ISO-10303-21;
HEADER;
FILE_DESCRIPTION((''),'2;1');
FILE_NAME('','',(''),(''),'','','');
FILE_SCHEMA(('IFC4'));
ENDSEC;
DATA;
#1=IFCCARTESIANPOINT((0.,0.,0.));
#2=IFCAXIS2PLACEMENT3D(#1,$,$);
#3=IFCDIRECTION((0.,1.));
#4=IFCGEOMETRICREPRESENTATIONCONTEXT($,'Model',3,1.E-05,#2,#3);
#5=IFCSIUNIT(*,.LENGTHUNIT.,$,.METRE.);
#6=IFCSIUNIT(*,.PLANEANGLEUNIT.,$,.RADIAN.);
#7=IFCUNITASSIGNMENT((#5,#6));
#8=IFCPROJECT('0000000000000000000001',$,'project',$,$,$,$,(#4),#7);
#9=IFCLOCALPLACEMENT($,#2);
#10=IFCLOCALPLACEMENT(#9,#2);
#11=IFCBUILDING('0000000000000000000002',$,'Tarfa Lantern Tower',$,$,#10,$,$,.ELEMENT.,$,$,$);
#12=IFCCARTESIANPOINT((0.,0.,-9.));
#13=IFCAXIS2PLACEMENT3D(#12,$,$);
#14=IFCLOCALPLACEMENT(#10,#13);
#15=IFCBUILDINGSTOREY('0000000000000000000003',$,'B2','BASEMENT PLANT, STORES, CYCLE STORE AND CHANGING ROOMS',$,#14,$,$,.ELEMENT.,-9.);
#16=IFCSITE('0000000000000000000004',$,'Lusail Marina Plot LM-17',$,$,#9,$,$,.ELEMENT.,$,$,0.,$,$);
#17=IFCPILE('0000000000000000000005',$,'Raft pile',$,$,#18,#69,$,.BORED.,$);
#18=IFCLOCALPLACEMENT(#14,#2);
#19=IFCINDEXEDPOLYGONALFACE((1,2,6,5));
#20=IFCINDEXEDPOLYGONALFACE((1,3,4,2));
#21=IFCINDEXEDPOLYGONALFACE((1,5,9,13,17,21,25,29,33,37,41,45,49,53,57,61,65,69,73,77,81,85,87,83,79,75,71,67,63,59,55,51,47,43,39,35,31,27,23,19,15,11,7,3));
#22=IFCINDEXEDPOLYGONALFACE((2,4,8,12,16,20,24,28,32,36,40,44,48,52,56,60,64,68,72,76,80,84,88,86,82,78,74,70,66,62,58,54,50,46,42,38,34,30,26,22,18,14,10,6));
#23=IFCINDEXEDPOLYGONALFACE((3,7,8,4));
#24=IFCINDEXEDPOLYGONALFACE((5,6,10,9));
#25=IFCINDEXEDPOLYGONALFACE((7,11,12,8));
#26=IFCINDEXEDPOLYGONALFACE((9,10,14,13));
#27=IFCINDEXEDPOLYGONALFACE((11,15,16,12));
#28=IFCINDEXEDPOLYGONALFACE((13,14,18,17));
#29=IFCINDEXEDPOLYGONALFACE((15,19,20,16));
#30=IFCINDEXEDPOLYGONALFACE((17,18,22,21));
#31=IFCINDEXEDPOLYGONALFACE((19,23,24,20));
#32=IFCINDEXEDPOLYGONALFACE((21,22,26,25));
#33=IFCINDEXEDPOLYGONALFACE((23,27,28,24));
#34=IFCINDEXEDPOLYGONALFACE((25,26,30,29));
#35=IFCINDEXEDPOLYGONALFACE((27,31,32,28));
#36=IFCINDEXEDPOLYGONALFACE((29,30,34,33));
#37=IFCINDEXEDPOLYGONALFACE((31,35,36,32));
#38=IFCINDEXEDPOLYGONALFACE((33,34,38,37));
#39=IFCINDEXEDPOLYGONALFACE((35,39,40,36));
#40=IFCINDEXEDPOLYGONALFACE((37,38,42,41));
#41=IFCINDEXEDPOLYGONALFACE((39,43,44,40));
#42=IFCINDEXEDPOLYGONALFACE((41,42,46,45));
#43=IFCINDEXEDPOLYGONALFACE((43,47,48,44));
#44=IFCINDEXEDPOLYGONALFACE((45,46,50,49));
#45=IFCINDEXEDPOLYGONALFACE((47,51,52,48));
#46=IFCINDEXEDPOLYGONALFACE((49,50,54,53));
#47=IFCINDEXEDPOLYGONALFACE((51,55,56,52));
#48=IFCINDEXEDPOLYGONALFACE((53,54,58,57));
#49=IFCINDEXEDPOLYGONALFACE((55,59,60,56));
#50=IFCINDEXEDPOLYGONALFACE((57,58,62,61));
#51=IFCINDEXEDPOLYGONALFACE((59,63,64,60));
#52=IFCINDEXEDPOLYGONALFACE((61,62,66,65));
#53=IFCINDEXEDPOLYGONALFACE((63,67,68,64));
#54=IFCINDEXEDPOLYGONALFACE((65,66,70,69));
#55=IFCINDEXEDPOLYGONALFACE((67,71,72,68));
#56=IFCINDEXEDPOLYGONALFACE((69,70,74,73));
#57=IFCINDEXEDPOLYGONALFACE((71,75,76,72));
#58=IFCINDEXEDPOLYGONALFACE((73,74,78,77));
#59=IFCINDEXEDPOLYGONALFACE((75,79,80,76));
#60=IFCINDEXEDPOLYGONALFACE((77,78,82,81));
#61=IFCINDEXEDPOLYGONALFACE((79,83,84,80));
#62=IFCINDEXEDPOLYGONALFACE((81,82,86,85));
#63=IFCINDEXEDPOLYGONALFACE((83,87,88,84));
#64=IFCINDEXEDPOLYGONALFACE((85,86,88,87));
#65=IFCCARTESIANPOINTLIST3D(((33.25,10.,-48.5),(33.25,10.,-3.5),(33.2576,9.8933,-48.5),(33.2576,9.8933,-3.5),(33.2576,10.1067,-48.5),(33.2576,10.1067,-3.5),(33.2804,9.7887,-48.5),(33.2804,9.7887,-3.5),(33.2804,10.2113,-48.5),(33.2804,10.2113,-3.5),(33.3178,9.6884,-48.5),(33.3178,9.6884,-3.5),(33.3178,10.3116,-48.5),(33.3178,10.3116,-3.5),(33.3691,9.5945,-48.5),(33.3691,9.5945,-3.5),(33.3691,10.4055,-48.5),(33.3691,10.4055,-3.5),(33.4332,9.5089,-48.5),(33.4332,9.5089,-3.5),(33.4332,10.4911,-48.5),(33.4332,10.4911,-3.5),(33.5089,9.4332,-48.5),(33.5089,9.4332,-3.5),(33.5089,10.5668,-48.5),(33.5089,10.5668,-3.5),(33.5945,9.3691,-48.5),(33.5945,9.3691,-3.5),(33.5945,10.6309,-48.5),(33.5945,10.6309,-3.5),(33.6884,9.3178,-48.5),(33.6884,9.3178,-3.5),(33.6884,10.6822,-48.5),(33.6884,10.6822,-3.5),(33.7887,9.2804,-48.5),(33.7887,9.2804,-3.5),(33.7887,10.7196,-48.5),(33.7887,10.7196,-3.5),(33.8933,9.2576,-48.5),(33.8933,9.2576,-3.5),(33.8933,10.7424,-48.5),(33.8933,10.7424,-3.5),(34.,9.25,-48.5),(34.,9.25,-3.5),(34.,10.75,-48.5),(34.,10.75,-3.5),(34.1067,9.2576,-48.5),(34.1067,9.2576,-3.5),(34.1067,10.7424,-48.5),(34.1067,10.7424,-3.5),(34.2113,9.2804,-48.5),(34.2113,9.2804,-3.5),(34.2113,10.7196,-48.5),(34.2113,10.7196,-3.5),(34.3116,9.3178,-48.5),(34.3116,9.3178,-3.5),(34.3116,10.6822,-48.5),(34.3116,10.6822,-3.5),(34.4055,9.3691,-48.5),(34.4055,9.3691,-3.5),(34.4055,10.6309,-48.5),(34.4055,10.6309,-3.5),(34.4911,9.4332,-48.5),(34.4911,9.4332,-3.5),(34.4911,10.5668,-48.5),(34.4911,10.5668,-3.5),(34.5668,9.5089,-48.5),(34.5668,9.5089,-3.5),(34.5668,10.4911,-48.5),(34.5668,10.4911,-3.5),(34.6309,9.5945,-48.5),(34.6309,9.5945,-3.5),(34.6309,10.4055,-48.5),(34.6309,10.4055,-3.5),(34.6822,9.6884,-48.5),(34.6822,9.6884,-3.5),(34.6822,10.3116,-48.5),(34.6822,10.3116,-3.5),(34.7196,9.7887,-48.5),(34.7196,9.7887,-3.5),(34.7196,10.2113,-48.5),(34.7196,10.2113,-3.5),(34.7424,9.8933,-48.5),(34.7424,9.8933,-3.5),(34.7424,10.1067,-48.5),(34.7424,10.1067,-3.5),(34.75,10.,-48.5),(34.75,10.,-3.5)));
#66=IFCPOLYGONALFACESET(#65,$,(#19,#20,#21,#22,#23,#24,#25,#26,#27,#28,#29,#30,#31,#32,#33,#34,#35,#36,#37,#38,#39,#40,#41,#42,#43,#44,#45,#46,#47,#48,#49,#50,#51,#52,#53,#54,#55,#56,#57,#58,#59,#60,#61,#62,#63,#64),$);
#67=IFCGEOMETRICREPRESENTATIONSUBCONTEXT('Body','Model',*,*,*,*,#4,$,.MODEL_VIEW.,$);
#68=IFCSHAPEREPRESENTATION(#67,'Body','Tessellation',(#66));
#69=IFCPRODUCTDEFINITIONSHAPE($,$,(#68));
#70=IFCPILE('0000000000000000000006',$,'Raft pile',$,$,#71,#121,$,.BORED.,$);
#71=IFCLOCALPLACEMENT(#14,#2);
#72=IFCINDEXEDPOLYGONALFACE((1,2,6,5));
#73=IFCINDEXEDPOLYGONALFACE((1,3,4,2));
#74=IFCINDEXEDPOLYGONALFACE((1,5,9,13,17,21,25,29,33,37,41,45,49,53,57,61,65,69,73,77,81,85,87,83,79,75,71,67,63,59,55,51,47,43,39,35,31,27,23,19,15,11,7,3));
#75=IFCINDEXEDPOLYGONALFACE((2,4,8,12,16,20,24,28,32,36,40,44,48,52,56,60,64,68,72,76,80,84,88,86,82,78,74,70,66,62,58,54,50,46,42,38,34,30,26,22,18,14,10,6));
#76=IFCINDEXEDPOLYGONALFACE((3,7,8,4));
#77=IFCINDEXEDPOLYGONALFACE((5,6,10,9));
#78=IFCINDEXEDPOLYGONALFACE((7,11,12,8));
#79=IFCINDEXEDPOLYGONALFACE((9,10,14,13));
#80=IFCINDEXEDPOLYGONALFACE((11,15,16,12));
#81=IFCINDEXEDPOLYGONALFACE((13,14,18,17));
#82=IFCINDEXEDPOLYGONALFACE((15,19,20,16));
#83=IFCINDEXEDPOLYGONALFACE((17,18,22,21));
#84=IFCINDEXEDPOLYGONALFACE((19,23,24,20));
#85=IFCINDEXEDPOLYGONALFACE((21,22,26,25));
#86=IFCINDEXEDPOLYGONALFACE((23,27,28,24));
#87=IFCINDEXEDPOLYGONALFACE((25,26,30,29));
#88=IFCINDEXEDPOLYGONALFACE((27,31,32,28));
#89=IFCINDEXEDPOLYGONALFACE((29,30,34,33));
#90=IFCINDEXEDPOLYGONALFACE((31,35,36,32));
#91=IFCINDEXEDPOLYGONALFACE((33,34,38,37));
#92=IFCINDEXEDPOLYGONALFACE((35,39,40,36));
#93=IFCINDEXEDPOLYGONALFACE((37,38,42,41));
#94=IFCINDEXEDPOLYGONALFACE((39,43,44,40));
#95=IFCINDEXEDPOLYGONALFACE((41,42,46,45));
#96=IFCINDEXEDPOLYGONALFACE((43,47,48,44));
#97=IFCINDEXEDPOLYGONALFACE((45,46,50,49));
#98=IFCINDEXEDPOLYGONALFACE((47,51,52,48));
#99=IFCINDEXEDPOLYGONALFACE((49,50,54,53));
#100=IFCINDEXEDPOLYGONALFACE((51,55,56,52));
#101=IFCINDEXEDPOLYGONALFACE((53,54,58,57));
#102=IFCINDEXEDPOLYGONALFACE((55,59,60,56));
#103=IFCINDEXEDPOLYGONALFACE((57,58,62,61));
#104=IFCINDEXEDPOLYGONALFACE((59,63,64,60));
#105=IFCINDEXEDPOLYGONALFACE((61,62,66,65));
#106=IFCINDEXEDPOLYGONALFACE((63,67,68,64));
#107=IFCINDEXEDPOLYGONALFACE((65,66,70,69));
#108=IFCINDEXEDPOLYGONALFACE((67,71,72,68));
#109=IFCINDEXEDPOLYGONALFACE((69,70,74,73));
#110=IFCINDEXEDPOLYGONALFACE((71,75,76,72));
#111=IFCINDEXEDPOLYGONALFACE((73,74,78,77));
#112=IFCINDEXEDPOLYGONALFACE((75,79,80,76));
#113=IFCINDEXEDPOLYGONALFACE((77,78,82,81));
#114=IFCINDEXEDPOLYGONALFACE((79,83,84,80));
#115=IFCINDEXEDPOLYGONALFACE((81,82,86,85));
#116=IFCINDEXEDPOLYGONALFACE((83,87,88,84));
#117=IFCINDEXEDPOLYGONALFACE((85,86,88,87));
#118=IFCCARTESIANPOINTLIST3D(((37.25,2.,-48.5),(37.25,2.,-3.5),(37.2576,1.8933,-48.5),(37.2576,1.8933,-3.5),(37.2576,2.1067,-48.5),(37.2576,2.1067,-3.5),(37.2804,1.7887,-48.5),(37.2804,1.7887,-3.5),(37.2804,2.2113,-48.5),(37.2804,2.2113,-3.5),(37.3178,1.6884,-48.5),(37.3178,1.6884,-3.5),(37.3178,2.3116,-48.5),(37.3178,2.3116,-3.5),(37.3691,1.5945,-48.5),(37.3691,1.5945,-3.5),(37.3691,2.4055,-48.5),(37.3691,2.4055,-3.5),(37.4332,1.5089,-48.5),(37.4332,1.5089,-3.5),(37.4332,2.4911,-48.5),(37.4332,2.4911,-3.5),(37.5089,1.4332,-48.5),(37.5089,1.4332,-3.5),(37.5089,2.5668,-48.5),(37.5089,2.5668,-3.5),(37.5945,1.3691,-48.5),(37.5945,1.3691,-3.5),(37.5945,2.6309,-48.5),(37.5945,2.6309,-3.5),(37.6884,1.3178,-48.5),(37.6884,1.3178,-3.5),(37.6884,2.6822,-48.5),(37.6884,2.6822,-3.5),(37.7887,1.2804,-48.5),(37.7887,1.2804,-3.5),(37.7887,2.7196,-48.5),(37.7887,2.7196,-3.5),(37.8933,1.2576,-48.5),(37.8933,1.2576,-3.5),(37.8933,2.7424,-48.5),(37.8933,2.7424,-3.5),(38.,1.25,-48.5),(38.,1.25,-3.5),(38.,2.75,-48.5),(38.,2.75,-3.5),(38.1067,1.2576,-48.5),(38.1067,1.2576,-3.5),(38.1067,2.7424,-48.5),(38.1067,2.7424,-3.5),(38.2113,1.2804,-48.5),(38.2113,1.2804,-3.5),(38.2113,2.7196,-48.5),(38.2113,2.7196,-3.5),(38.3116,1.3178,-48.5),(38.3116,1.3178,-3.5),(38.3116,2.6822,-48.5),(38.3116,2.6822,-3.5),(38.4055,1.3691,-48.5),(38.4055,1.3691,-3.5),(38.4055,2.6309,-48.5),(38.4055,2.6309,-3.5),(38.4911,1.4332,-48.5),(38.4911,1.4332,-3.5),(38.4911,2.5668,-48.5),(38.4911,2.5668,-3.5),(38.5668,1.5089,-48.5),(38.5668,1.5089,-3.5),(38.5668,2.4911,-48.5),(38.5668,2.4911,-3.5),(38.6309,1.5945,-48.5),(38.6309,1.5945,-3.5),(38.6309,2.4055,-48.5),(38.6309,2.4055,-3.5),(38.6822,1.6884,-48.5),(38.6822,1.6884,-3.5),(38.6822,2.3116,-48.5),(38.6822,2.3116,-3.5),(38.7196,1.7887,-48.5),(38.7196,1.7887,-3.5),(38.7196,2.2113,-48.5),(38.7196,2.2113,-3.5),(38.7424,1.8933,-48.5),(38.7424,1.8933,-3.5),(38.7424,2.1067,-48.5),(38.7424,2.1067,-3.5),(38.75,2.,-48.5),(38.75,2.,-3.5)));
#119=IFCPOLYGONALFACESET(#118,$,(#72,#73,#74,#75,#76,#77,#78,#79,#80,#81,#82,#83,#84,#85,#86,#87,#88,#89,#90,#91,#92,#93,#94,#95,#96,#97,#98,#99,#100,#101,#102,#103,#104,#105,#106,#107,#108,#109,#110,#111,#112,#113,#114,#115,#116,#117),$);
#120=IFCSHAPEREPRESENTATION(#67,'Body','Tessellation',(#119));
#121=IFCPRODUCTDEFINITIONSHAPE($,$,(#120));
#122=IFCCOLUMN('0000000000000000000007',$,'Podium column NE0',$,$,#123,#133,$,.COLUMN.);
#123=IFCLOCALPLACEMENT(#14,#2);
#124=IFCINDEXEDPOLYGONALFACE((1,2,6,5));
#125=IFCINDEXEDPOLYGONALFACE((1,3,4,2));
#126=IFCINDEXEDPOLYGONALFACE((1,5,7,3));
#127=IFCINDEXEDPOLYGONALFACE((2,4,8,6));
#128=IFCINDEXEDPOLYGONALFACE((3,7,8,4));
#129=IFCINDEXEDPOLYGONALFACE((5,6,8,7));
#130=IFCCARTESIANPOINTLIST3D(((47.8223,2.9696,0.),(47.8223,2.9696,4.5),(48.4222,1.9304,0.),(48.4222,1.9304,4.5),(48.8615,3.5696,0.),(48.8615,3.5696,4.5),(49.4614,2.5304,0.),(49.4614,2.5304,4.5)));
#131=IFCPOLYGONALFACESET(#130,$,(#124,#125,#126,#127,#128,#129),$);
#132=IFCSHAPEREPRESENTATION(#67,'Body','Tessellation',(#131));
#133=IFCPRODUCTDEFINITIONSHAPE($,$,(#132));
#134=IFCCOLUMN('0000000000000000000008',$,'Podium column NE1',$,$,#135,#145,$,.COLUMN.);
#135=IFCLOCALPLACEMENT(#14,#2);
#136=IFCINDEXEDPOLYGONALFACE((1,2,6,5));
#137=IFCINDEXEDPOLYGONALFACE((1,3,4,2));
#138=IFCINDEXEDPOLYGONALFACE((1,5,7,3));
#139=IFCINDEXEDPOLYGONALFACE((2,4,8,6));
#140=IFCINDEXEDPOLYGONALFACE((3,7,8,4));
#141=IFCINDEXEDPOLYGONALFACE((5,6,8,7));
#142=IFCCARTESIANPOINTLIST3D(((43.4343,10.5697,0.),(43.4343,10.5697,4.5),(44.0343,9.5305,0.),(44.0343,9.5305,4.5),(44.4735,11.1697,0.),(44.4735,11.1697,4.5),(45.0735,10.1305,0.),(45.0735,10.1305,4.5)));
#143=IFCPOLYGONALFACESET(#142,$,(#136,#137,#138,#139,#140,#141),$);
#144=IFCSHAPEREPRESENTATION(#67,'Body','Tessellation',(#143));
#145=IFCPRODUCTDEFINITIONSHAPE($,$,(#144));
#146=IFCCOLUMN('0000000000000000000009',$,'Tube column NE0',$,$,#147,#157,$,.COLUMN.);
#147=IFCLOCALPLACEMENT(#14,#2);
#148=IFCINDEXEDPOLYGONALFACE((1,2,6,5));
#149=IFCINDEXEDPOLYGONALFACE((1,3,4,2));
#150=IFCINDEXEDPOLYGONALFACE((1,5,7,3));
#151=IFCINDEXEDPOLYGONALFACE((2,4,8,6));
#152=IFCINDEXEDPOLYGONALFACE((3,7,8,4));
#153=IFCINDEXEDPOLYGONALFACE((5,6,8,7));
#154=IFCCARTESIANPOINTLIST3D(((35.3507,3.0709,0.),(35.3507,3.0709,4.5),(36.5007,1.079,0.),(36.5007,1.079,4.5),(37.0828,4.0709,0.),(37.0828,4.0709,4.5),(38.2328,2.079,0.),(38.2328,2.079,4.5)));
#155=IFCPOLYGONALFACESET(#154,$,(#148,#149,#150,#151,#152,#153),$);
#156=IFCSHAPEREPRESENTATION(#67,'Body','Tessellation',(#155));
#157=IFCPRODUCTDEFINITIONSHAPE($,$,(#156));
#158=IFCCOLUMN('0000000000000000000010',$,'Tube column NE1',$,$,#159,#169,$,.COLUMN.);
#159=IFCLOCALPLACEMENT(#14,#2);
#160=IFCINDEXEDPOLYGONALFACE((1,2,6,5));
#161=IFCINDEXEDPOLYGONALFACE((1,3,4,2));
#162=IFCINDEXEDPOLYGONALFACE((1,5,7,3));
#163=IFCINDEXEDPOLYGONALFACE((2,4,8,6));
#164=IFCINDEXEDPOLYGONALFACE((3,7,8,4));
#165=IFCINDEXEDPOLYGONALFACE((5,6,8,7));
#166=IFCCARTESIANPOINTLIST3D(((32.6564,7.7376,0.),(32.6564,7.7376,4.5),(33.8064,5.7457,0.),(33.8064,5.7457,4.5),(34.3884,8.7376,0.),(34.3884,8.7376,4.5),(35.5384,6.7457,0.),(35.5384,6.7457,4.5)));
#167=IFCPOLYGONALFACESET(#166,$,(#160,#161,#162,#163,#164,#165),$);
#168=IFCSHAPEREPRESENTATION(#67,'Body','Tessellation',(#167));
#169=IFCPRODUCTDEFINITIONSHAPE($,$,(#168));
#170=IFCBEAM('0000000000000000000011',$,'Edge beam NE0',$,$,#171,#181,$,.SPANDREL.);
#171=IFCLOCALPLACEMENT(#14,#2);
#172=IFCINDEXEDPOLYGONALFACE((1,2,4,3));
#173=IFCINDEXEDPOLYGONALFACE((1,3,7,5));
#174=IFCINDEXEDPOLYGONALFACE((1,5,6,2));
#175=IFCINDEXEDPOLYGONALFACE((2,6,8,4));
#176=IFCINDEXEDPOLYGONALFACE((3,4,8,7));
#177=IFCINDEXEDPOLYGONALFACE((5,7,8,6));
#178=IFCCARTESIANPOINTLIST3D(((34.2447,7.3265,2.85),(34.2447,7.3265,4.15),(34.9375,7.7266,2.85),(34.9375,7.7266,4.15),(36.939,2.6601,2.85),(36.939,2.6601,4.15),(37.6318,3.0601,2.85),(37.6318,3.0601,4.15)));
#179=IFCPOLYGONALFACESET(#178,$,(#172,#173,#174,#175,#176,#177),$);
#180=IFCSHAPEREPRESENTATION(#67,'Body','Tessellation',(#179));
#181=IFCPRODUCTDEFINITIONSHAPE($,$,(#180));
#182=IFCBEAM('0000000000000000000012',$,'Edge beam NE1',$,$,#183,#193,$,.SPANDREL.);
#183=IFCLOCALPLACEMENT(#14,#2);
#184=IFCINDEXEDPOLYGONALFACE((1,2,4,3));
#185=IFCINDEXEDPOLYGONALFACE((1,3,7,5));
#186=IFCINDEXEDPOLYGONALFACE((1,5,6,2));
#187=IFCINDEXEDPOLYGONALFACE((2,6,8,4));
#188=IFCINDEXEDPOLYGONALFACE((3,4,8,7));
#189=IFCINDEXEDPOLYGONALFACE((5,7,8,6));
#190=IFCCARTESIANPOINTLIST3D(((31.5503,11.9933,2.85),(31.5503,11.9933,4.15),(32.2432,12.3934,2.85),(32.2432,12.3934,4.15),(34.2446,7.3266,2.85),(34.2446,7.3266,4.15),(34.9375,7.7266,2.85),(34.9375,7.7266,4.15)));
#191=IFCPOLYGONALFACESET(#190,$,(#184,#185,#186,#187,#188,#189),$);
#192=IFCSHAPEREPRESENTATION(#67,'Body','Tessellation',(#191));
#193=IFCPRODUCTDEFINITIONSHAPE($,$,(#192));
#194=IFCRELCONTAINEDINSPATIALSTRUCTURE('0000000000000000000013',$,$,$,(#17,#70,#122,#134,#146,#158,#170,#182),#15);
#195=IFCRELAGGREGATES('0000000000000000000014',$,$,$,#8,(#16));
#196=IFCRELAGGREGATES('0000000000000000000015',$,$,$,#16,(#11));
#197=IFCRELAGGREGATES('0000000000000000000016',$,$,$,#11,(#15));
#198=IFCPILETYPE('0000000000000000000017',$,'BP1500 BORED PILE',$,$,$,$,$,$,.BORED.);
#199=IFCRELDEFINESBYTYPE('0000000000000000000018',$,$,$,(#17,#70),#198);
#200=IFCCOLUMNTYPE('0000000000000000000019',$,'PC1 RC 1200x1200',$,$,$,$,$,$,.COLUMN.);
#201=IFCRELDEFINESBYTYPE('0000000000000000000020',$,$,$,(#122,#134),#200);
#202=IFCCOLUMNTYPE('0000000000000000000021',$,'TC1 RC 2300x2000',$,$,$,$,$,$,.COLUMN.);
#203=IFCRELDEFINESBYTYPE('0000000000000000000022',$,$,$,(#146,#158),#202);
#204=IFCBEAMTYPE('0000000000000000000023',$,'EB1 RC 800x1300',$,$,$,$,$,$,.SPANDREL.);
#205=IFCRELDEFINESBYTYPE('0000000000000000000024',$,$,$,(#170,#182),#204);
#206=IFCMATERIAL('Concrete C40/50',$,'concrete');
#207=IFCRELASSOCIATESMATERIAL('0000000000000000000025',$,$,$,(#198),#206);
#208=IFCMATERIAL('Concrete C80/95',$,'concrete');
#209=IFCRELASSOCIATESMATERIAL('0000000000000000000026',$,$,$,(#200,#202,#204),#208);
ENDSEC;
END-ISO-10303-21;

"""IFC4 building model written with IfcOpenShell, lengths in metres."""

from ifc_helpers import new_model, si_unit, direction, frame, origin, origin_2d, place, context, subcontext, project, spatial, rectangle, circle, extrude, material, material_profile, profile_set, type_object, element, save


model = new_model("IFC4")

# Units and contexts
model_context = context("Model", 3, precision=1e-05, world=origin(), true_north=direction((0.0, 1.0)))
body_context = subcontext(model_context, "Body", "Model", "MODEL_VIEW")
ifc_project = project(units=[si_unit("LENGTHUNIT", "METRE"), si_unit("PLANEANGLEUNIT", "RADIAN")], contexts=[model_context])

# Site, building, storey
site_placement = place(None, origin())
site = spatial("IfcSite", under=ifc_project, at=site_placement, Name="Lusail Marina Plot LM-17", CompositionType="ELEMENT", RefElevation=0.0)
building_placement = place(site_placement, origin())
building = spatial("IfcBuilding", under=site, at=building_placement, Name="Tarfa Lantern Tower", CompositionType="ELEMENT")
storey_placement = place(building_placement, frame((0.0, 0.0, -9.0)))
storey = spatial("IfcBuildingStorey", under=building, at=storey_placement, Name="B2", Description="BASEMENT PLANT, STORES, CYCLE STORE AND CHANGING ROOMS", CompositionType="ELEMENT", Elevation=-9.0)

# Piles
ifc_material_1 = material(Name="Concrete C40/50", Category="concrete")
ifc_material_profile_1 = material_profile(ifc_material_1, circle(Radius=0.75, at=origin_2d()), Name="BORED PILE D1500")
ifc_profile_set_1 = profile_set([ifc_material_profile_1], Name="Concrete C40/50")
pile_type_1 = type_object("IfcPileType", Name="BP1500 BORED PILE", PredefinedType="BORED", material=ifc_profile_set_1)
for number, where, z_axis, x_axis, name in (
    (1, (34.0, 10.0, -3.5), (0.0, 0.0, -1.0), (1.0, 0.0, 0.0), "Raft pile"),
    (2, (38.0, 2.0, -3.5), (0.0, 0.0, -1.0), (1.0, 0.0, 0.0), "Raft pile"),
):
    element("IfcPile", number, at=place(storey_placement, frame(where, z_axis=z_axis, x_axis=x_axis)), inside=storey, type_object=pile_type_1, Name=name, PredefinedType="BORED", context=body_context, shape_type="SweptSolid", body=[
        extrude(circle(Radius=0.75, at=origin_2d()), origin(), (0.0, 0.0, 1.0), 45.0),
    ])

# Columns
ifc_material_2 = material(Name="Concrete C80/95", Category="concrete")
ifc_material_profile_2 = material_profile(ifc_material_2, rectangle(XDim=1.2, YDim=1.2, at=origin_2d()), Name="RC 1200x1200")
ifc_profile_set_2 = profile_set([ifc_material_profile_2], Name="Concrete C80/95")
column_type_1 = type_object("IfcColumnType", Name="PC1 RC 1200x1200", PredefinedType="COLUMN", material=ifc_profile_set_2)
for number, where, z_axis, x_axis, name in (
    (3, (48.6418, 2.75, 0.0), (0.0, 0.0, 1.0), (-0.5, 0.866025, 0.0), "Podium column NE0"),
    (4, (44.2539, 10.3501, 0.0), (0.0, 0.0, 1.0), (-0.5, 0.866025, 0.0), "Podium column NE1"),
):
    element("IfcColumn", number, at=place(storey_placement, frame(where, z_axis=z_axis, x_axis=x_axis)), inside=storey, type_object=column_type_1, Name=name, PredefinedType="COLUMN", context=body_context, shape_type="SweptSolid", body=[
        extrude(rectangle(XDim=1.2, YDim=1.2, at=origin_2d()), origin(), (0.0, 0.0, 1.0), 4.5),
    ])
ifc_material_profile_3 = material_profile(ifc_material_2, rectangle(XDim=2.3, YDim=2.0, at=origin_2d()), Name="RC 2300x2000")
ifc_profile_set_3 = profile_set([ifc_material_profile_3], Name="Concrete C80/95")
column_type_2 = type_object("IfcColumnType", Name="TC1 RC 2300x2000", PredefinedType="COLUMN", material=ifc_profile_set_3)
for number, where, z_axis, x_axis, name in (
    (5, (36.7917, 2.575, 0.0), (0.0, 0.0, 1.0), (-0.5, 0.866025, 0.0), "Tube column NE0"),
    (6, (34.0974, 7.2417, 0.0), (0.0, 0.0, 1.0), (-0.5, 0.866025, 0.0), "Tube column NE1"),
):
    element("IfcColumn", number, at=place(storey_placement, frame(where, z_axis=z_axis, x_axis=x_axis)), inside=storey, type_object=column_type_2, Name=name, PredefinedType="COLUMN", context=body_context, shape_type="SweptSolid", body=[
        extrude(rectangle(XDim=2.3, YDim=2.0, at=origin_2d()), origin(), (0.0, 0.0, 1.0), 4.5),
    ])

# Beams
ifc_material_profile_4 = material_profile(ifc_material_2, rectangle(XDim=0.8, YDim=1.3, at=origin_2d()), Name="RC 800x1300")
ifc_profile_set_4 = profile_set([ifc_material_profile_4], Name="Concrete C80/95")
beam_type_1 = type_object("IfcBeamType", Name="EB1 RC 800x1300", PredefinedType="SPANDREL", material=ifc_profile_set_4)
beam_1_placement = place(storey_placement, frame((37.2854, 2.8601, 3.5), z_axis=(-0.500018, 0.866015, 0.0), x_axis=(-0.866015, -0.500018, 0.0)))
element("IfcBeam", 7, at=beam_1_placement, inside=storey, type_object=beam_type_1, Name="Edge beam NE0", PredefinedType="SPANDREL", context=body_context, shape_type="SweptSolid", body=[
    extrude(rectangle(XDim=0.8, YDim=1.3, at=origin_2d()), origin(), (0.0, 0.0, 1.0), 5.3884),
])
beam_2_placement = place(storey_placement, frame((34.5911, 7.5266, 3.5), z_axis=(-0.499998, 0.866026, 0.0), x_axis=(-0.866026, -0.499998, 0.0)))
element("IfcBeam", 8, at=beam_2_placement, inside=storey, type_object=beam_type_1, Name="Edge beam NE1", PredefinedType="SPANDREL", context=body_context, shape_type="SweptSolid", body=[
    extrude(rectangle(XDim=0.8, YDim=1.3, at=origin_2d()), origin(), (0.0, 0.0, 1.0), 5.3887),
])

save(model, "model.ifc")
